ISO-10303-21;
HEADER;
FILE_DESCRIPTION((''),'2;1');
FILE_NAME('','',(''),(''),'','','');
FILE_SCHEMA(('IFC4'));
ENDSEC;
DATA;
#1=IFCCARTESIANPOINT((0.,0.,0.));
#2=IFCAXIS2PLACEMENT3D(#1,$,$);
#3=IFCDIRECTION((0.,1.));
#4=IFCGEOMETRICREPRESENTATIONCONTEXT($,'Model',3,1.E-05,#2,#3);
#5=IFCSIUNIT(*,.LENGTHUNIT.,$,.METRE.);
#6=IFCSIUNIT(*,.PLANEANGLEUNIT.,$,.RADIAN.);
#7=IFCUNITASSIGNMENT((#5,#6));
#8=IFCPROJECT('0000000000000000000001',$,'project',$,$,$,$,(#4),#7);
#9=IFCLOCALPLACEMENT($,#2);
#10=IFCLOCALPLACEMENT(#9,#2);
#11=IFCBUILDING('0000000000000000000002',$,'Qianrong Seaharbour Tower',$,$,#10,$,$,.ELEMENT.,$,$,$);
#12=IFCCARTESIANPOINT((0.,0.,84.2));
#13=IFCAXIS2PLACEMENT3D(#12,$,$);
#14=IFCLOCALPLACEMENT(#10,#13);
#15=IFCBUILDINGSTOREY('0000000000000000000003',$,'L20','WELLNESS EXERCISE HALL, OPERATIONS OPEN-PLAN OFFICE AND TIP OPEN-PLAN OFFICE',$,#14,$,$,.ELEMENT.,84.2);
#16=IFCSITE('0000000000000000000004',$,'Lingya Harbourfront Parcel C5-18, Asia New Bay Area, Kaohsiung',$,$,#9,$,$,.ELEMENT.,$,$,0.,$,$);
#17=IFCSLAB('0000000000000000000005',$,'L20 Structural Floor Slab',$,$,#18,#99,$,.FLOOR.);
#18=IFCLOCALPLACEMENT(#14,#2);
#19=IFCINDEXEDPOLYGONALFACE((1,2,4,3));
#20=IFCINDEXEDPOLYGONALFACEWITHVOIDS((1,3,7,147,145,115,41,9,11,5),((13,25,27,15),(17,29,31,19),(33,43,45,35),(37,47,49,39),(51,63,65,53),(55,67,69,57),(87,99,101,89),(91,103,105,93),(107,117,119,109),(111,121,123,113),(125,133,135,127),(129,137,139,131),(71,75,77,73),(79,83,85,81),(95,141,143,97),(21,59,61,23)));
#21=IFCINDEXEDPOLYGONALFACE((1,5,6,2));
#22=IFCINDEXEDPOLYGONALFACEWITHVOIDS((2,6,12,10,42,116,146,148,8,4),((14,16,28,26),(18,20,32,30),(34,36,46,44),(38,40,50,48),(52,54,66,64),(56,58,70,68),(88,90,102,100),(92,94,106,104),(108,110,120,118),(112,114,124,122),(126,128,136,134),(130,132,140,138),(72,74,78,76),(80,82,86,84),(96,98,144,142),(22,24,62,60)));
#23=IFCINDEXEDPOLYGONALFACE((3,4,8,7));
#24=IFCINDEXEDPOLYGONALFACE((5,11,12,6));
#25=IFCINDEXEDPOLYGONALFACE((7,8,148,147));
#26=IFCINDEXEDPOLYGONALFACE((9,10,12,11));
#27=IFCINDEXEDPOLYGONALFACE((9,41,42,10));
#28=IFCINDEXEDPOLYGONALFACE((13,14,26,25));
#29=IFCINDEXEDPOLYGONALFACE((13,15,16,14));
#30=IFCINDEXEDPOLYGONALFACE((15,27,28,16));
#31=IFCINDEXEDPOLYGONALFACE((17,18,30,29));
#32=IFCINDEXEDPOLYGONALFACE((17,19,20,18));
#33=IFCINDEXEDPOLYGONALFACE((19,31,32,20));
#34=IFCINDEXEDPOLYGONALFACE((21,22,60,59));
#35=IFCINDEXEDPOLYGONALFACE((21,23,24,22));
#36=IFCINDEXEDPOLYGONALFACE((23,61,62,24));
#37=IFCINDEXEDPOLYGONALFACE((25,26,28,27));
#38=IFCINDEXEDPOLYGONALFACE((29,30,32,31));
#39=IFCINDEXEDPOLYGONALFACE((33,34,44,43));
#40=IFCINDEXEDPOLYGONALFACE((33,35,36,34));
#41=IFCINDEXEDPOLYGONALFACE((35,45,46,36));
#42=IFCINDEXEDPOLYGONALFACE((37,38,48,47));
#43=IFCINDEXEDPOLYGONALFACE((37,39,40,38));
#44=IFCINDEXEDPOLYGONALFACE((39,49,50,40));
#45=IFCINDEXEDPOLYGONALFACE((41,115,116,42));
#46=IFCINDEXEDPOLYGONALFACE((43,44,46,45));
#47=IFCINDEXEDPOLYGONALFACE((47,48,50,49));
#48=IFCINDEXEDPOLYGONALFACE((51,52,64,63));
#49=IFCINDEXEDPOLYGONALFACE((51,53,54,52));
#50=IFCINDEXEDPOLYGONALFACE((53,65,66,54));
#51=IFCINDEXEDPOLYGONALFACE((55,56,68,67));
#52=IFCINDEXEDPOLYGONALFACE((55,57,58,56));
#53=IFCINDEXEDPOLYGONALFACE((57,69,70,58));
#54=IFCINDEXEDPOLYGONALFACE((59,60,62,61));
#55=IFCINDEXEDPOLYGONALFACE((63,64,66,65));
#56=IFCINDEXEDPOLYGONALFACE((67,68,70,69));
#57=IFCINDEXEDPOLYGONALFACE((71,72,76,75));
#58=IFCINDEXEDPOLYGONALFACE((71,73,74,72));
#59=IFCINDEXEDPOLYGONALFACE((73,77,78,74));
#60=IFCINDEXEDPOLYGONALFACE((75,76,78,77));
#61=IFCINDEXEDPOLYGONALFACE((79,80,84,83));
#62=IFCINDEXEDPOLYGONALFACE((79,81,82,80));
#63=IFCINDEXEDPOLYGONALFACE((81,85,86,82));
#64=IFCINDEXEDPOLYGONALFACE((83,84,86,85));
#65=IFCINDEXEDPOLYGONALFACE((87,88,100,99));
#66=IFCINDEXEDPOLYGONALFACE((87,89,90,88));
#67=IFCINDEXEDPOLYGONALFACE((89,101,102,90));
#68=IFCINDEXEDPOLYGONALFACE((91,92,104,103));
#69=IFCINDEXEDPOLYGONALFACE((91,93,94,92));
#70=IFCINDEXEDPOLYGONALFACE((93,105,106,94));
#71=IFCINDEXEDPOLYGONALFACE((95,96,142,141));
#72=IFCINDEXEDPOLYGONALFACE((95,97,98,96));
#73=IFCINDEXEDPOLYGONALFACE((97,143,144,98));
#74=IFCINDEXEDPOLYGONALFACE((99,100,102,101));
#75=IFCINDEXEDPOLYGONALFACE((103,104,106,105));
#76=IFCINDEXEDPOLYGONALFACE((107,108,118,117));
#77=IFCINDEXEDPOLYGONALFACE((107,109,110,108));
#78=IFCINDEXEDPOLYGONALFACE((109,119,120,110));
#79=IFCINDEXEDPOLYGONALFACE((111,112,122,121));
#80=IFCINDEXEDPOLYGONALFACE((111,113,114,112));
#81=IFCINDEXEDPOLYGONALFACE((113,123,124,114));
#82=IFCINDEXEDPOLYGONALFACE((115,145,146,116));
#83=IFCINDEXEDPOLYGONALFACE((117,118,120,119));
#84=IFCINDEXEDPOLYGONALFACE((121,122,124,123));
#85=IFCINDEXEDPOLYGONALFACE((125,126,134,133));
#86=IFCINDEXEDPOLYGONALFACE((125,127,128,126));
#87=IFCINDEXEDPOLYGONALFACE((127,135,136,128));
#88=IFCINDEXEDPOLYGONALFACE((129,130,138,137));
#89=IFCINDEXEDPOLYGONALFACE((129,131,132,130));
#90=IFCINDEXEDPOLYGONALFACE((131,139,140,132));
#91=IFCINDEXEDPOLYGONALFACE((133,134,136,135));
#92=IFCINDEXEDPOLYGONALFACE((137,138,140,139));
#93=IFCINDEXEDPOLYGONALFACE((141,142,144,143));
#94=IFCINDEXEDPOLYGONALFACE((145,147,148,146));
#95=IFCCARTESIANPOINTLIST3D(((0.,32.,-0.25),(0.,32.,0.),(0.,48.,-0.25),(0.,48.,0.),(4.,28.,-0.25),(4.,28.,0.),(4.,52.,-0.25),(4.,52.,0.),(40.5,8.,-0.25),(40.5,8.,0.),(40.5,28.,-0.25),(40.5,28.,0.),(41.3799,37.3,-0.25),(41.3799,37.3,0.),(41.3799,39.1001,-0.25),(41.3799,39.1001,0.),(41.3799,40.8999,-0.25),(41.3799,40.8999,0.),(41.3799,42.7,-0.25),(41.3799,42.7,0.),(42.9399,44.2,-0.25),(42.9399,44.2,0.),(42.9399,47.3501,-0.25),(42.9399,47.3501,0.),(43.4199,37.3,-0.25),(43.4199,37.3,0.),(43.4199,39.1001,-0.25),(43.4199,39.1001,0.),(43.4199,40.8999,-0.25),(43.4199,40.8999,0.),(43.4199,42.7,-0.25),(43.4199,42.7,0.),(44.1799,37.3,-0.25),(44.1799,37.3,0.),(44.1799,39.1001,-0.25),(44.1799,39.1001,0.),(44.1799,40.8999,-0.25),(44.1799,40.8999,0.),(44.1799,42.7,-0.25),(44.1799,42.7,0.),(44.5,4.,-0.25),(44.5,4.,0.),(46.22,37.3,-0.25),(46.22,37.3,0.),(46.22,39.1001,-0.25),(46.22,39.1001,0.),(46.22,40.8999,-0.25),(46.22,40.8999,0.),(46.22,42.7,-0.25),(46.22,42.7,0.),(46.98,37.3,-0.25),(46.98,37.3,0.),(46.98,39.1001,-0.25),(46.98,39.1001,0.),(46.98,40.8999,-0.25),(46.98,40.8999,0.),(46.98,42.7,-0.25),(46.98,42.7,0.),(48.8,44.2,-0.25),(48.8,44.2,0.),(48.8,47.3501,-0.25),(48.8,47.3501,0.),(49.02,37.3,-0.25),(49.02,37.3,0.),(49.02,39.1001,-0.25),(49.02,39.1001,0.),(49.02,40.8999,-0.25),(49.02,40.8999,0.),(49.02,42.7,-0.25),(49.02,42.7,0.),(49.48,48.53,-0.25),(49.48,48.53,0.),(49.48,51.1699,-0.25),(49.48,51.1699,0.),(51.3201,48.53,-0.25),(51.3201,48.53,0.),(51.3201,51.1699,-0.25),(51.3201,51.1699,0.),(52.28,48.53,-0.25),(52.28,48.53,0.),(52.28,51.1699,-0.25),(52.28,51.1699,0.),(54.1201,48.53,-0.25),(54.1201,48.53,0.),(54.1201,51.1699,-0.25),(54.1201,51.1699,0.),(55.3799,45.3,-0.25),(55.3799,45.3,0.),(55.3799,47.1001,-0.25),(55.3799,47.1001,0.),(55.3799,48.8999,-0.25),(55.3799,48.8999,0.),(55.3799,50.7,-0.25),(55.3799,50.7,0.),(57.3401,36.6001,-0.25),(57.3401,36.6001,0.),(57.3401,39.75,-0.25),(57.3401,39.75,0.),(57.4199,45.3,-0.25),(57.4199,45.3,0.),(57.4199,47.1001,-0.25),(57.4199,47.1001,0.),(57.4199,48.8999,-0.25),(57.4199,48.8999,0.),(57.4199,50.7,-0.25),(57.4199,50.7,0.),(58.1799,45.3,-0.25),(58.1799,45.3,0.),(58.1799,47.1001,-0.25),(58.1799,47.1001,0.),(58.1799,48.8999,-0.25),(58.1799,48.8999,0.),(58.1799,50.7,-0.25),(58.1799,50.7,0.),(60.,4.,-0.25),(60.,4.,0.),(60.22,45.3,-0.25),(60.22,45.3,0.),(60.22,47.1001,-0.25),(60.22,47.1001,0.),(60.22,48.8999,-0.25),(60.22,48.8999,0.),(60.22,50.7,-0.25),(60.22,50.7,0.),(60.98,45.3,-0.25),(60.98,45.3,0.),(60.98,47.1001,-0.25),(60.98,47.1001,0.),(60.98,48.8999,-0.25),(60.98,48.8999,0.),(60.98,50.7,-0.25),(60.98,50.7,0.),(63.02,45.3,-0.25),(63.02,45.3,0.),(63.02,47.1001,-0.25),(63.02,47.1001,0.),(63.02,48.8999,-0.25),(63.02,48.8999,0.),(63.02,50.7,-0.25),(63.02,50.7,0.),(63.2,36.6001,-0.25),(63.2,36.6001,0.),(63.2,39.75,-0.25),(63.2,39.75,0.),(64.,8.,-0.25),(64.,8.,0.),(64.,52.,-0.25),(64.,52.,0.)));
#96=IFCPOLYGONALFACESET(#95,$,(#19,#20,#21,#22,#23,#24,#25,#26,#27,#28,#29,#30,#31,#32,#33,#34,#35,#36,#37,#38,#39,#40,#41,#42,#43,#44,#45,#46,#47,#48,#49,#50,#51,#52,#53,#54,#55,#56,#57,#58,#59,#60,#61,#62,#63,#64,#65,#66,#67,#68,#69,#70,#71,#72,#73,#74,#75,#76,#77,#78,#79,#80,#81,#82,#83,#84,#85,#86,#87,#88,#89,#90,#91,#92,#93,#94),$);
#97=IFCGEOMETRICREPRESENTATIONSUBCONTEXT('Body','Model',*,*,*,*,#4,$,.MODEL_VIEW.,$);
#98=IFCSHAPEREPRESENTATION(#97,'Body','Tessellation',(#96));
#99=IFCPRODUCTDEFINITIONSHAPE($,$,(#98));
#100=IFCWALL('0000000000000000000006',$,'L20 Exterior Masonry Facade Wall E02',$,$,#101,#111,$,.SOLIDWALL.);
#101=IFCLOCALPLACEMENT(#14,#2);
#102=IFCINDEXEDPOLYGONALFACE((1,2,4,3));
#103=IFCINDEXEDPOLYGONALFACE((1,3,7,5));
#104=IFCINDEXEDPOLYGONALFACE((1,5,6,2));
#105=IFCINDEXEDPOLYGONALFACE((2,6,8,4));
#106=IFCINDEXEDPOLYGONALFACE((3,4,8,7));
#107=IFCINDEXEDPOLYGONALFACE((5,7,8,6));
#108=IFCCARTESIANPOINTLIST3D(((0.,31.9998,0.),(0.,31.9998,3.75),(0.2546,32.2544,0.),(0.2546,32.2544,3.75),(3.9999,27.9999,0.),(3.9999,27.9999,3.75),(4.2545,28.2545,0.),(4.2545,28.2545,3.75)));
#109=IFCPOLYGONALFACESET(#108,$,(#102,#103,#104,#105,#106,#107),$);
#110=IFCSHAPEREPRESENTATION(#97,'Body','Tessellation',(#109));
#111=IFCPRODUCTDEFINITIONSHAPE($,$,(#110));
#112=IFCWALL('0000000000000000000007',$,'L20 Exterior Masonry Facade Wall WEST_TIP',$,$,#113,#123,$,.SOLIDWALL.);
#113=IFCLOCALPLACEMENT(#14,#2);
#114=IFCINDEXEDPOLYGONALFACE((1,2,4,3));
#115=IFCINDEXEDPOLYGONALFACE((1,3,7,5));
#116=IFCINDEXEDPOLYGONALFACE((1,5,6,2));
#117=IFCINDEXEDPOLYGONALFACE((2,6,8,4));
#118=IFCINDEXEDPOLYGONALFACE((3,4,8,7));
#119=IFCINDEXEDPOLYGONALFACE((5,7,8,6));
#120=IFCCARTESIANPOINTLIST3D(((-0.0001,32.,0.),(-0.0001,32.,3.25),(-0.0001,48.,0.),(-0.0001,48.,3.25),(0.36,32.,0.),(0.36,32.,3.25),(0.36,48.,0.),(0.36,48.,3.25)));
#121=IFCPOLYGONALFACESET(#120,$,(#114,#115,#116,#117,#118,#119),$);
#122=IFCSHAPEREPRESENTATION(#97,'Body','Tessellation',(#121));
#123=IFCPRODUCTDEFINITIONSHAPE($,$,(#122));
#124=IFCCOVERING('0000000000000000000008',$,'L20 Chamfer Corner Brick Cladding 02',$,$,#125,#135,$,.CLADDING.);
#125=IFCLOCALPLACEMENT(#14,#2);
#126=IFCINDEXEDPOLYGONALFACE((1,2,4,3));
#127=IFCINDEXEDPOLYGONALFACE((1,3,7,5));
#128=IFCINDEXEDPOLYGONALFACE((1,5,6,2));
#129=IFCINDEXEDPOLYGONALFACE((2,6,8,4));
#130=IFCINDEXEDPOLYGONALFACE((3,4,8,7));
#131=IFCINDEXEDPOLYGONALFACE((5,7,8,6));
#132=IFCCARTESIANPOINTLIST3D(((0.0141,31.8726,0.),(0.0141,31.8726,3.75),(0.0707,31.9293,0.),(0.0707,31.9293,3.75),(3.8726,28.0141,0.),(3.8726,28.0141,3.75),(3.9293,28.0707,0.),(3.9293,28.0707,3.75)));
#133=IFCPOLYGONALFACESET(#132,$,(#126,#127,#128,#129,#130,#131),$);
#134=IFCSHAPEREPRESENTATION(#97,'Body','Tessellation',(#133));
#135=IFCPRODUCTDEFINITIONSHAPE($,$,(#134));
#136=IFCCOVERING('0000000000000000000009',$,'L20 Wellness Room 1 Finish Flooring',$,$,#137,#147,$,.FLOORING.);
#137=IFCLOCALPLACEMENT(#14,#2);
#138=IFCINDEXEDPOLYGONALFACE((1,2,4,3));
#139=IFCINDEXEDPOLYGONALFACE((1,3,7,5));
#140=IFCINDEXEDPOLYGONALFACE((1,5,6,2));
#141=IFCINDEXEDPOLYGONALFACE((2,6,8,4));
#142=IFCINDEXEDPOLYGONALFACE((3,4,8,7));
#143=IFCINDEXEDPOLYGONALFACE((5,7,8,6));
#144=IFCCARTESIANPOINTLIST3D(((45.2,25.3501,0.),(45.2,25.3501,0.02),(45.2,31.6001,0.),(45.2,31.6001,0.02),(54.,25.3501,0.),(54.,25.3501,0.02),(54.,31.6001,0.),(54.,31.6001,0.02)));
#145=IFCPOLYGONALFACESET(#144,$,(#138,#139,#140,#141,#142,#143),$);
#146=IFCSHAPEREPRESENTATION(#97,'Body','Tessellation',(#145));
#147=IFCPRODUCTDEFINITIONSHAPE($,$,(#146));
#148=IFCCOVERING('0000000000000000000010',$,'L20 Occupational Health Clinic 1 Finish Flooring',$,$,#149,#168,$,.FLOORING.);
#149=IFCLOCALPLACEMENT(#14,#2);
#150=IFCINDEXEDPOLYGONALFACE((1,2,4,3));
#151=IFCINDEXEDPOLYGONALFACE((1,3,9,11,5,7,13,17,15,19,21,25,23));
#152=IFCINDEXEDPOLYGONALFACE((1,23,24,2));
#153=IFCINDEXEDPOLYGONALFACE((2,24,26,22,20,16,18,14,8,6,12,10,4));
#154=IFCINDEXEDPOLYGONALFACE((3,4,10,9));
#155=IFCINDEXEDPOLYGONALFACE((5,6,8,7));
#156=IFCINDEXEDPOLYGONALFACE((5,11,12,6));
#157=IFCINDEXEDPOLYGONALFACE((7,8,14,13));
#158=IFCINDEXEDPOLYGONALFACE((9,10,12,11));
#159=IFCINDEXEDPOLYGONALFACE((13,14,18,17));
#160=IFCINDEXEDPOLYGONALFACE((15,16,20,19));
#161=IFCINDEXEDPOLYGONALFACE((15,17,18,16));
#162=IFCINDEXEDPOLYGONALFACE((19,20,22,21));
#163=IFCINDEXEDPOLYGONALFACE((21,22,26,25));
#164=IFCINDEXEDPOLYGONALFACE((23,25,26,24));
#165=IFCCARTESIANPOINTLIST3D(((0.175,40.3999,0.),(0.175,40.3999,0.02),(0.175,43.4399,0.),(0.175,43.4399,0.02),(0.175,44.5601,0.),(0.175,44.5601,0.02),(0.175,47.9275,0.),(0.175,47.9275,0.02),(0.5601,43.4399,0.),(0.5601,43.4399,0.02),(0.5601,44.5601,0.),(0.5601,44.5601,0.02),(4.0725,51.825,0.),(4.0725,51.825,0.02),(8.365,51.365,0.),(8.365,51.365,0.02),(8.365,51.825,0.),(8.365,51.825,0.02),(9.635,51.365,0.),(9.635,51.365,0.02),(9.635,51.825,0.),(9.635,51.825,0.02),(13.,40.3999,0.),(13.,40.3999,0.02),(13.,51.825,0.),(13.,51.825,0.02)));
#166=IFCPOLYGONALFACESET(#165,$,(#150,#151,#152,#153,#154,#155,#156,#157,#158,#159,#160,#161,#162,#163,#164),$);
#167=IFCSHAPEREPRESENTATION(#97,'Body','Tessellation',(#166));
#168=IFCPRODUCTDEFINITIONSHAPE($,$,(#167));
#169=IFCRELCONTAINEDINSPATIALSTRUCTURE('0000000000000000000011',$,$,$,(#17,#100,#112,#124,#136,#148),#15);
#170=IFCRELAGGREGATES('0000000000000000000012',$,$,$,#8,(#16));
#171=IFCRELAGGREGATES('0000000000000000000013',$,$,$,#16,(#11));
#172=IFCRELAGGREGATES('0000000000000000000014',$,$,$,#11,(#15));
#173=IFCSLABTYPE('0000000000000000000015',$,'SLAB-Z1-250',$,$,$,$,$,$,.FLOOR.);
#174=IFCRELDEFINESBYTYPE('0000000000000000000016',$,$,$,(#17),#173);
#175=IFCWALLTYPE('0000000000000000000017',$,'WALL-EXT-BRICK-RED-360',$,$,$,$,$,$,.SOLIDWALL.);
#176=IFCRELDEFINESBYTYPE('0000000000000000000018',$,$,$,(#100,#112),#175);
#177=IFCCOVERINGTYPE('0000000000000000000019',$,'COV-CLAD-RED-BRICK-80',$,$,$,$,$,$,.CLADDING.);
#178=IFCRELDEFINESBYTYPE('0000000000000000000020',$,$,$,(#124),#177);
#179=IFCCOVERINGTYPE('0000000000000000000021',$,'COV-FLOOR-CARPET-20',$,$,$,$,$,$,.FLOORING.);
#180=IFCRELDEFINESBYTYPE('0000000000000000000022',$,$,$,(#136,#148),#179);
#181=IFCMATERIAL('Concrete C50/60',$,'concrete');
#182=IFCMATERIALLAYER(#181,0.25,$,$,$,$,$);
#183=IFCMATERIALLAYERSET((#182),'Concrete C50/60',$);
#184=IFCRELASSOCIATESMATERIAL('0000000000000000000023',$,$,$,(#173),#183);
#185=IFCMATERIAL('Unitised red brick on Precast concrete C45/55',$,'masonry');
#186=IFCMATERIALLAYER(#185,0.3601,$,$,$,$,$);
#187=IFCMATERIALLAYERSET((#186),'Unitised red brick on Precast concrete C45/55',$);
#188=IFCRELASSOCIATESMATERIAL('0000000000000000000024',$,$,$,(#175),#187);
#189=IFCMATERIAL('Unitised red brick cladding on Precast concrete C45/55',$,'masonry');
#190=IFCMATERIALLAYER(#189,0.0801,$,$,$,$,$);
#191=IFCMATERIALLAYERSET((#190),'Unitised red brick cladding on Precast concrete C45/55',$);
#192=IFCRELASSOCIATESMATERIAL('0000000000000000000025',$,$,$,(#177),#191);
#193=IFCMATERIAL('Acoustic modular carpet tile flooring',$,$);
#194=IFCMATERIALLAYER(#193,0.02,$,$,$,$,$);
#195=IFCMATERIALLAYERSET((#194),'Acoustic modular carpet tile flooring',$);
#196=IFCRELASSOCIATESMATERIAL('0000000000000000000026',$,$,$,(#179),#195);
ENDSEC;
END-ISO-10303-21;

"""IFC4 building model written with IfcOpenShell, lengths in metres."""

from ifc_helpers import new_model, si_unit, direction, frame, frame_2d, origin, origin_2d, place, context, subcontext, project, spatial, polyline, rectangle, outline, extrude, material, layer, layer_set, type_object, element, save


model = new_model("IFC4")

# Units and contexts
model_context = context("Model", 3, precision=1e-05, world=origin(), true_north=direction((0.0, 1.0)))
body_context = subcontext(model_context, "Body", "Model", "MODEL_VIEW")
ifc_project = project(units=[si_unit("LENGTHUNIT", "METRE"), si_unit("PLANEANGLEUNIT", "RADIAN")], contexts=[model_context])

# Site, building, storey
site_placement = place(None, origin())
site = spatial("IfcSite", under=ifc_project, at=site_placement, Name="Lingya Harbourfront Parcel C5-18, Asia New Bay Area, Kaohsiung", CompositionType="ELEMENT", RefElevation=0.0)
building_placement = place(site_placement, origin())
building = spatial("IfcBuilding", under=site, at=building_placement, Name="Qianrong Seaharbour Tower", CompositionType="ELEMENT")
storey_placement = place(building_placement, frame((0.0, 0.0, 84.2)))
storey = spatial("IfcBuildingStorey", under=building, at=storey_placement, Name="L20", Description="WELLNESS EXERCISE HALL, OPERATIONS OPEN-PLAN OFFICE AND TIP OPEN-PLAN OFFICE", CompositionType="ELEMENT", Elevation=84.2)

# Shared definitions
ifc_material_1 = material(Name="Concrete C50/60", Category="concrete")

# Slab
ifc_layer_1 = layer(ifc_material_1, 0.25)
ifc_layer_set_1 = layer_set([ifc_layer_1], Name="Concrete C50/60")
slab_type_1 = type_object("IfcSlabType", Name="SLAB-Z1-250", PredefinedType="FLOOR", material=ifc_layer_set_1)
slab_1_placement = place(storey_placement, frame((0.0, 0.0, -0.25)))
element("IfcSlab", 1, at=slab_1_placement, inside=storey, type_object=slab_type_1, Name="L20 Structural Floor Slab", PredefinedType="FLOOR", context=body_context, shape_type="SweptSolid", body=[
    extrude(outline(polyline([(44.5, 4.0), (60.0, 4.0), (64.0, 8.0), (64.0, 52.0), (4.0, 52.0), (0.0, 48.0), (0.0, 32.0), (4.0, 28.0), (40.5, 28.0), (40.5, 8.0), (44.5, 4.0)]), holes=[polyline([(42.9399, 44.2), (42.9399, 47.3501), (48.8, 47.3501), (48.8, 44.2), (42.9399, 44.2)]), polyline([(57.3401, 36.6001), (57.3401, 39.75), (63.2, 39.75), (63.2, 36.6001), (57.3401, 36.6001)]), polyline([(49.48, 48.53), (49.48, 51.1699), (51.3201, 51.1699), (51.3201, 48.53), (49.48, 48.53)]), polyline([(52.28, 48.53), (52.28, 51.1699), (54.1201, 51.1699), (54.1201, 48.53), (52.28, 48.53)]), polyline([(41.3799, 37.3), (41.3799, 39.1001), (43.4199, 39.1001), (43.4199, 37.3), (41.3799, 37.3)]), polyline([(44.1799, 37.3), (44.1799, 39.1001), (46.22, 39.1001), (46.22, 37.3), (44.1799, 37.3)]), polyline([(46.98, 37.3), (46.98, 39.1001), (49.02, 39.1001), (49.02, 37.3), (46.98, 37.3)]), polyline([(41.3799, 40.8999), (41.3799, 42.7), (43.4199, 42.7), (43.4199, 40.8999), (41.3799, 40.8999)]), polyline([(44.1799, 40.8999), (44.1799, 42.7), (46.22, 42.7), (46.22, 40.8999), (44.1799, 40.8999)]), polyline([(46.98, 40.8999), (46.98, 42.7), (49.02, 42.7), (49.02, 40.8999), (46.98, 40.8999)]), polyline([(55.3799, 45.3), (55.3799, 47.1001), (57.4199, 47.1001), (57.4199, 45.3), (55.3799, 45.3)]), polyline([(58.1799, 45.3), (58.1799, 47.1001), (60.22, 47.1001), (60.22, 45.3), (58.1799, 45.3)]), polyline([(60.98, 45.3), (60.98, 47.1001), (63.02, 47.1001), (63.02, 45.3), (60.98, 45.3)]), polyline([(55.3799, 48.8999), (55.3799, 50.7), (57.4199, 50.7), (57.4199, 48.8999), (55.3799, 48.8999)]), polyline([(58.1799, 48.8999), (58.1799, 50.7), (60.22, 50.7), (60.22, 48.8999), (58.1799, 48.8999)]), polyline([(60.98, 48.8999), (60.98, 50.7), (63.02, 50.7), (63.02, 48.8999), (60.98, 48.8999)])]), origin(), (0.0, 0.0, 1.0), 0.25),
])

# Walls
ifc_material_2 = material(Name="Unitised red brick on Precast concrete C45/55", Category="masonry")
ifc_layer_2 = layer(ifc_material_2, 0.3601)
ifc_layer_set_2 = layer_set([ifc_layer_2], Name="Unitised red brick on Precast concrete C45/55")
wall_type = type_object("IfcWallType", Name="WALL-EXT-BRICK-RED-360", PredefinedType="SOLIDWALL", material=ifc_layer_set_2)
wall_1_placement = place(storey_placement, frame((4.1272, 28.1272, 0.0), z_axis=(0.0, 0.0, 1.0), x_axis=(-0.707107, 0.707107, 0.0)))
element("IfcWall", 2, at=wall_1_placement, inside=storey, type_object=wall_type, Name="L20 Exterior Masonry Facade Wall E02", PredefinedType="SOLIDWALL", context=body_context, shape_type="SweptSolid", body=[
    extrude(rectangle(XDim=5.6567, YDim=0.3601, at=frame_2d((2.8284, 0.0))), origin(), (0.0, 0.0, 1.0), 3.75),
])
wall_2_placement = place(storey_placement, frame((0.1799, 32.0, 0.0), z_axis=(0.0, 0.0, 1.0), x_axis=(0.0, 1.0, 0.0)))
element("IfcWall", 3, at=wall_2_placement, inside=storey, type_object=wall_type, Name="L20 Exterior Masonry Facade Wall WEST_TIP", PredefinedType="SOLIDWALL", context=body_context, shape_type="SweptSolid", body=[
    extrude(rectangle(XDim=16.0, YDim=0.3601, at=frame_2d((8.0, 0.0))), origin(), (0.0, 0.0, 1.0), 3.25),
])

# Coverings
ifc_material_3 = material(Name="Unitised red brick cladding on Precast concrete C45/55", Category="masonry")
ifc_layer_3 = layer(ifc_material_3, 0.0801)
ifc_layer_set_3 = layer_set([ifc_layer_3], Name="Unitised red brick cladding on Precast concrete C45/55")
covering_type_1 = type_object("IfcCoveringType", Name="COV-CLAD-RED-BRICK-80", PredefinedType="CLADDING", material=ifc_layer_set_3)
covering_1_placement = place(storey_placement, frame((1.9717, 29.9717, 0.0), z_axis=(0.0, 0.0, 1.0), x_axis=(-0.707107, 0.707107, 0.0)))
element("IfcCovering", 4, at=covering_1_placement, inside=storey, type_object=covering_type_1, Name="L20 Chamfer Corner Brick Cladding 02", PredefinedType="CLADDING", context=body_context, shape_type="SweptSolid", body=[
    extrude(rectangle(XDim=5.4568, YDim=0.0801, at=origin_2d()), origin(), (0.0, 0.0, 1.0), 3.75),
])
ifc_material_4 = material(Name="Acoustic modular carpet tile flooring")
ifc_layer_4 = layer(ifc_material_4, 0.02)
ifc_layer_set_4 = layer_set([ifc_layer_4], Name="Acoustic modular carpet tile flooring")
covering_type_2 = type_object("IfcCoveringType", Name="COV-FLOOR-CARPET-20", PredefinedType="FLOORING", material=ifc_layer_set_4)
covering_2_placement = place(storey_placement, origin())
element("IfcCovering", 5, at=covering_2_placement, inside=storey, type_object=covering_type_2, Name="L20 Wellness Room 1 Finish Flooring", PredefinedType="FLOORING", context=body_context, shape_type="SweptSolid", body=[
    extrude(outline(polyline([(54.0, 31.6001), (54.0, 25.3501), (45.2, 25.3501), (45.2, 31.6001), (54.0, 31.6001)])), origin(), (0.0, 0.0, 1.0), 0.02),
])
covering_3_placement = place(storey_placement, origin())
element("IfcCovering", 6, at=covering_3_placement, inside=storey, type_object=covering_type_2, Name="L20 Occupational Health Clinic 1 Finish Flooring", PredefinedType="FLOORING", context=body_context, shape_type="SweptSolid", body=[
    extrude(outline(polyline([(0.175, 43.4399), (0.5601, 43.4399), (0.5601, 44.5601), (0.175, 44.5601), (0.175, 47.9275), (4.0725, 51.825), (8.365, 51.825), (8.365, 51.365), (9.635, 51.365), (9.635, 51.825), (13.0, 51.825), (13.0, 40.3999), (0.175, 40.3999), (0.175, 43.4399)])), origin(), (0.0, 0.0, 1.0), 0.02),
])

save(model, "model.ifc")
